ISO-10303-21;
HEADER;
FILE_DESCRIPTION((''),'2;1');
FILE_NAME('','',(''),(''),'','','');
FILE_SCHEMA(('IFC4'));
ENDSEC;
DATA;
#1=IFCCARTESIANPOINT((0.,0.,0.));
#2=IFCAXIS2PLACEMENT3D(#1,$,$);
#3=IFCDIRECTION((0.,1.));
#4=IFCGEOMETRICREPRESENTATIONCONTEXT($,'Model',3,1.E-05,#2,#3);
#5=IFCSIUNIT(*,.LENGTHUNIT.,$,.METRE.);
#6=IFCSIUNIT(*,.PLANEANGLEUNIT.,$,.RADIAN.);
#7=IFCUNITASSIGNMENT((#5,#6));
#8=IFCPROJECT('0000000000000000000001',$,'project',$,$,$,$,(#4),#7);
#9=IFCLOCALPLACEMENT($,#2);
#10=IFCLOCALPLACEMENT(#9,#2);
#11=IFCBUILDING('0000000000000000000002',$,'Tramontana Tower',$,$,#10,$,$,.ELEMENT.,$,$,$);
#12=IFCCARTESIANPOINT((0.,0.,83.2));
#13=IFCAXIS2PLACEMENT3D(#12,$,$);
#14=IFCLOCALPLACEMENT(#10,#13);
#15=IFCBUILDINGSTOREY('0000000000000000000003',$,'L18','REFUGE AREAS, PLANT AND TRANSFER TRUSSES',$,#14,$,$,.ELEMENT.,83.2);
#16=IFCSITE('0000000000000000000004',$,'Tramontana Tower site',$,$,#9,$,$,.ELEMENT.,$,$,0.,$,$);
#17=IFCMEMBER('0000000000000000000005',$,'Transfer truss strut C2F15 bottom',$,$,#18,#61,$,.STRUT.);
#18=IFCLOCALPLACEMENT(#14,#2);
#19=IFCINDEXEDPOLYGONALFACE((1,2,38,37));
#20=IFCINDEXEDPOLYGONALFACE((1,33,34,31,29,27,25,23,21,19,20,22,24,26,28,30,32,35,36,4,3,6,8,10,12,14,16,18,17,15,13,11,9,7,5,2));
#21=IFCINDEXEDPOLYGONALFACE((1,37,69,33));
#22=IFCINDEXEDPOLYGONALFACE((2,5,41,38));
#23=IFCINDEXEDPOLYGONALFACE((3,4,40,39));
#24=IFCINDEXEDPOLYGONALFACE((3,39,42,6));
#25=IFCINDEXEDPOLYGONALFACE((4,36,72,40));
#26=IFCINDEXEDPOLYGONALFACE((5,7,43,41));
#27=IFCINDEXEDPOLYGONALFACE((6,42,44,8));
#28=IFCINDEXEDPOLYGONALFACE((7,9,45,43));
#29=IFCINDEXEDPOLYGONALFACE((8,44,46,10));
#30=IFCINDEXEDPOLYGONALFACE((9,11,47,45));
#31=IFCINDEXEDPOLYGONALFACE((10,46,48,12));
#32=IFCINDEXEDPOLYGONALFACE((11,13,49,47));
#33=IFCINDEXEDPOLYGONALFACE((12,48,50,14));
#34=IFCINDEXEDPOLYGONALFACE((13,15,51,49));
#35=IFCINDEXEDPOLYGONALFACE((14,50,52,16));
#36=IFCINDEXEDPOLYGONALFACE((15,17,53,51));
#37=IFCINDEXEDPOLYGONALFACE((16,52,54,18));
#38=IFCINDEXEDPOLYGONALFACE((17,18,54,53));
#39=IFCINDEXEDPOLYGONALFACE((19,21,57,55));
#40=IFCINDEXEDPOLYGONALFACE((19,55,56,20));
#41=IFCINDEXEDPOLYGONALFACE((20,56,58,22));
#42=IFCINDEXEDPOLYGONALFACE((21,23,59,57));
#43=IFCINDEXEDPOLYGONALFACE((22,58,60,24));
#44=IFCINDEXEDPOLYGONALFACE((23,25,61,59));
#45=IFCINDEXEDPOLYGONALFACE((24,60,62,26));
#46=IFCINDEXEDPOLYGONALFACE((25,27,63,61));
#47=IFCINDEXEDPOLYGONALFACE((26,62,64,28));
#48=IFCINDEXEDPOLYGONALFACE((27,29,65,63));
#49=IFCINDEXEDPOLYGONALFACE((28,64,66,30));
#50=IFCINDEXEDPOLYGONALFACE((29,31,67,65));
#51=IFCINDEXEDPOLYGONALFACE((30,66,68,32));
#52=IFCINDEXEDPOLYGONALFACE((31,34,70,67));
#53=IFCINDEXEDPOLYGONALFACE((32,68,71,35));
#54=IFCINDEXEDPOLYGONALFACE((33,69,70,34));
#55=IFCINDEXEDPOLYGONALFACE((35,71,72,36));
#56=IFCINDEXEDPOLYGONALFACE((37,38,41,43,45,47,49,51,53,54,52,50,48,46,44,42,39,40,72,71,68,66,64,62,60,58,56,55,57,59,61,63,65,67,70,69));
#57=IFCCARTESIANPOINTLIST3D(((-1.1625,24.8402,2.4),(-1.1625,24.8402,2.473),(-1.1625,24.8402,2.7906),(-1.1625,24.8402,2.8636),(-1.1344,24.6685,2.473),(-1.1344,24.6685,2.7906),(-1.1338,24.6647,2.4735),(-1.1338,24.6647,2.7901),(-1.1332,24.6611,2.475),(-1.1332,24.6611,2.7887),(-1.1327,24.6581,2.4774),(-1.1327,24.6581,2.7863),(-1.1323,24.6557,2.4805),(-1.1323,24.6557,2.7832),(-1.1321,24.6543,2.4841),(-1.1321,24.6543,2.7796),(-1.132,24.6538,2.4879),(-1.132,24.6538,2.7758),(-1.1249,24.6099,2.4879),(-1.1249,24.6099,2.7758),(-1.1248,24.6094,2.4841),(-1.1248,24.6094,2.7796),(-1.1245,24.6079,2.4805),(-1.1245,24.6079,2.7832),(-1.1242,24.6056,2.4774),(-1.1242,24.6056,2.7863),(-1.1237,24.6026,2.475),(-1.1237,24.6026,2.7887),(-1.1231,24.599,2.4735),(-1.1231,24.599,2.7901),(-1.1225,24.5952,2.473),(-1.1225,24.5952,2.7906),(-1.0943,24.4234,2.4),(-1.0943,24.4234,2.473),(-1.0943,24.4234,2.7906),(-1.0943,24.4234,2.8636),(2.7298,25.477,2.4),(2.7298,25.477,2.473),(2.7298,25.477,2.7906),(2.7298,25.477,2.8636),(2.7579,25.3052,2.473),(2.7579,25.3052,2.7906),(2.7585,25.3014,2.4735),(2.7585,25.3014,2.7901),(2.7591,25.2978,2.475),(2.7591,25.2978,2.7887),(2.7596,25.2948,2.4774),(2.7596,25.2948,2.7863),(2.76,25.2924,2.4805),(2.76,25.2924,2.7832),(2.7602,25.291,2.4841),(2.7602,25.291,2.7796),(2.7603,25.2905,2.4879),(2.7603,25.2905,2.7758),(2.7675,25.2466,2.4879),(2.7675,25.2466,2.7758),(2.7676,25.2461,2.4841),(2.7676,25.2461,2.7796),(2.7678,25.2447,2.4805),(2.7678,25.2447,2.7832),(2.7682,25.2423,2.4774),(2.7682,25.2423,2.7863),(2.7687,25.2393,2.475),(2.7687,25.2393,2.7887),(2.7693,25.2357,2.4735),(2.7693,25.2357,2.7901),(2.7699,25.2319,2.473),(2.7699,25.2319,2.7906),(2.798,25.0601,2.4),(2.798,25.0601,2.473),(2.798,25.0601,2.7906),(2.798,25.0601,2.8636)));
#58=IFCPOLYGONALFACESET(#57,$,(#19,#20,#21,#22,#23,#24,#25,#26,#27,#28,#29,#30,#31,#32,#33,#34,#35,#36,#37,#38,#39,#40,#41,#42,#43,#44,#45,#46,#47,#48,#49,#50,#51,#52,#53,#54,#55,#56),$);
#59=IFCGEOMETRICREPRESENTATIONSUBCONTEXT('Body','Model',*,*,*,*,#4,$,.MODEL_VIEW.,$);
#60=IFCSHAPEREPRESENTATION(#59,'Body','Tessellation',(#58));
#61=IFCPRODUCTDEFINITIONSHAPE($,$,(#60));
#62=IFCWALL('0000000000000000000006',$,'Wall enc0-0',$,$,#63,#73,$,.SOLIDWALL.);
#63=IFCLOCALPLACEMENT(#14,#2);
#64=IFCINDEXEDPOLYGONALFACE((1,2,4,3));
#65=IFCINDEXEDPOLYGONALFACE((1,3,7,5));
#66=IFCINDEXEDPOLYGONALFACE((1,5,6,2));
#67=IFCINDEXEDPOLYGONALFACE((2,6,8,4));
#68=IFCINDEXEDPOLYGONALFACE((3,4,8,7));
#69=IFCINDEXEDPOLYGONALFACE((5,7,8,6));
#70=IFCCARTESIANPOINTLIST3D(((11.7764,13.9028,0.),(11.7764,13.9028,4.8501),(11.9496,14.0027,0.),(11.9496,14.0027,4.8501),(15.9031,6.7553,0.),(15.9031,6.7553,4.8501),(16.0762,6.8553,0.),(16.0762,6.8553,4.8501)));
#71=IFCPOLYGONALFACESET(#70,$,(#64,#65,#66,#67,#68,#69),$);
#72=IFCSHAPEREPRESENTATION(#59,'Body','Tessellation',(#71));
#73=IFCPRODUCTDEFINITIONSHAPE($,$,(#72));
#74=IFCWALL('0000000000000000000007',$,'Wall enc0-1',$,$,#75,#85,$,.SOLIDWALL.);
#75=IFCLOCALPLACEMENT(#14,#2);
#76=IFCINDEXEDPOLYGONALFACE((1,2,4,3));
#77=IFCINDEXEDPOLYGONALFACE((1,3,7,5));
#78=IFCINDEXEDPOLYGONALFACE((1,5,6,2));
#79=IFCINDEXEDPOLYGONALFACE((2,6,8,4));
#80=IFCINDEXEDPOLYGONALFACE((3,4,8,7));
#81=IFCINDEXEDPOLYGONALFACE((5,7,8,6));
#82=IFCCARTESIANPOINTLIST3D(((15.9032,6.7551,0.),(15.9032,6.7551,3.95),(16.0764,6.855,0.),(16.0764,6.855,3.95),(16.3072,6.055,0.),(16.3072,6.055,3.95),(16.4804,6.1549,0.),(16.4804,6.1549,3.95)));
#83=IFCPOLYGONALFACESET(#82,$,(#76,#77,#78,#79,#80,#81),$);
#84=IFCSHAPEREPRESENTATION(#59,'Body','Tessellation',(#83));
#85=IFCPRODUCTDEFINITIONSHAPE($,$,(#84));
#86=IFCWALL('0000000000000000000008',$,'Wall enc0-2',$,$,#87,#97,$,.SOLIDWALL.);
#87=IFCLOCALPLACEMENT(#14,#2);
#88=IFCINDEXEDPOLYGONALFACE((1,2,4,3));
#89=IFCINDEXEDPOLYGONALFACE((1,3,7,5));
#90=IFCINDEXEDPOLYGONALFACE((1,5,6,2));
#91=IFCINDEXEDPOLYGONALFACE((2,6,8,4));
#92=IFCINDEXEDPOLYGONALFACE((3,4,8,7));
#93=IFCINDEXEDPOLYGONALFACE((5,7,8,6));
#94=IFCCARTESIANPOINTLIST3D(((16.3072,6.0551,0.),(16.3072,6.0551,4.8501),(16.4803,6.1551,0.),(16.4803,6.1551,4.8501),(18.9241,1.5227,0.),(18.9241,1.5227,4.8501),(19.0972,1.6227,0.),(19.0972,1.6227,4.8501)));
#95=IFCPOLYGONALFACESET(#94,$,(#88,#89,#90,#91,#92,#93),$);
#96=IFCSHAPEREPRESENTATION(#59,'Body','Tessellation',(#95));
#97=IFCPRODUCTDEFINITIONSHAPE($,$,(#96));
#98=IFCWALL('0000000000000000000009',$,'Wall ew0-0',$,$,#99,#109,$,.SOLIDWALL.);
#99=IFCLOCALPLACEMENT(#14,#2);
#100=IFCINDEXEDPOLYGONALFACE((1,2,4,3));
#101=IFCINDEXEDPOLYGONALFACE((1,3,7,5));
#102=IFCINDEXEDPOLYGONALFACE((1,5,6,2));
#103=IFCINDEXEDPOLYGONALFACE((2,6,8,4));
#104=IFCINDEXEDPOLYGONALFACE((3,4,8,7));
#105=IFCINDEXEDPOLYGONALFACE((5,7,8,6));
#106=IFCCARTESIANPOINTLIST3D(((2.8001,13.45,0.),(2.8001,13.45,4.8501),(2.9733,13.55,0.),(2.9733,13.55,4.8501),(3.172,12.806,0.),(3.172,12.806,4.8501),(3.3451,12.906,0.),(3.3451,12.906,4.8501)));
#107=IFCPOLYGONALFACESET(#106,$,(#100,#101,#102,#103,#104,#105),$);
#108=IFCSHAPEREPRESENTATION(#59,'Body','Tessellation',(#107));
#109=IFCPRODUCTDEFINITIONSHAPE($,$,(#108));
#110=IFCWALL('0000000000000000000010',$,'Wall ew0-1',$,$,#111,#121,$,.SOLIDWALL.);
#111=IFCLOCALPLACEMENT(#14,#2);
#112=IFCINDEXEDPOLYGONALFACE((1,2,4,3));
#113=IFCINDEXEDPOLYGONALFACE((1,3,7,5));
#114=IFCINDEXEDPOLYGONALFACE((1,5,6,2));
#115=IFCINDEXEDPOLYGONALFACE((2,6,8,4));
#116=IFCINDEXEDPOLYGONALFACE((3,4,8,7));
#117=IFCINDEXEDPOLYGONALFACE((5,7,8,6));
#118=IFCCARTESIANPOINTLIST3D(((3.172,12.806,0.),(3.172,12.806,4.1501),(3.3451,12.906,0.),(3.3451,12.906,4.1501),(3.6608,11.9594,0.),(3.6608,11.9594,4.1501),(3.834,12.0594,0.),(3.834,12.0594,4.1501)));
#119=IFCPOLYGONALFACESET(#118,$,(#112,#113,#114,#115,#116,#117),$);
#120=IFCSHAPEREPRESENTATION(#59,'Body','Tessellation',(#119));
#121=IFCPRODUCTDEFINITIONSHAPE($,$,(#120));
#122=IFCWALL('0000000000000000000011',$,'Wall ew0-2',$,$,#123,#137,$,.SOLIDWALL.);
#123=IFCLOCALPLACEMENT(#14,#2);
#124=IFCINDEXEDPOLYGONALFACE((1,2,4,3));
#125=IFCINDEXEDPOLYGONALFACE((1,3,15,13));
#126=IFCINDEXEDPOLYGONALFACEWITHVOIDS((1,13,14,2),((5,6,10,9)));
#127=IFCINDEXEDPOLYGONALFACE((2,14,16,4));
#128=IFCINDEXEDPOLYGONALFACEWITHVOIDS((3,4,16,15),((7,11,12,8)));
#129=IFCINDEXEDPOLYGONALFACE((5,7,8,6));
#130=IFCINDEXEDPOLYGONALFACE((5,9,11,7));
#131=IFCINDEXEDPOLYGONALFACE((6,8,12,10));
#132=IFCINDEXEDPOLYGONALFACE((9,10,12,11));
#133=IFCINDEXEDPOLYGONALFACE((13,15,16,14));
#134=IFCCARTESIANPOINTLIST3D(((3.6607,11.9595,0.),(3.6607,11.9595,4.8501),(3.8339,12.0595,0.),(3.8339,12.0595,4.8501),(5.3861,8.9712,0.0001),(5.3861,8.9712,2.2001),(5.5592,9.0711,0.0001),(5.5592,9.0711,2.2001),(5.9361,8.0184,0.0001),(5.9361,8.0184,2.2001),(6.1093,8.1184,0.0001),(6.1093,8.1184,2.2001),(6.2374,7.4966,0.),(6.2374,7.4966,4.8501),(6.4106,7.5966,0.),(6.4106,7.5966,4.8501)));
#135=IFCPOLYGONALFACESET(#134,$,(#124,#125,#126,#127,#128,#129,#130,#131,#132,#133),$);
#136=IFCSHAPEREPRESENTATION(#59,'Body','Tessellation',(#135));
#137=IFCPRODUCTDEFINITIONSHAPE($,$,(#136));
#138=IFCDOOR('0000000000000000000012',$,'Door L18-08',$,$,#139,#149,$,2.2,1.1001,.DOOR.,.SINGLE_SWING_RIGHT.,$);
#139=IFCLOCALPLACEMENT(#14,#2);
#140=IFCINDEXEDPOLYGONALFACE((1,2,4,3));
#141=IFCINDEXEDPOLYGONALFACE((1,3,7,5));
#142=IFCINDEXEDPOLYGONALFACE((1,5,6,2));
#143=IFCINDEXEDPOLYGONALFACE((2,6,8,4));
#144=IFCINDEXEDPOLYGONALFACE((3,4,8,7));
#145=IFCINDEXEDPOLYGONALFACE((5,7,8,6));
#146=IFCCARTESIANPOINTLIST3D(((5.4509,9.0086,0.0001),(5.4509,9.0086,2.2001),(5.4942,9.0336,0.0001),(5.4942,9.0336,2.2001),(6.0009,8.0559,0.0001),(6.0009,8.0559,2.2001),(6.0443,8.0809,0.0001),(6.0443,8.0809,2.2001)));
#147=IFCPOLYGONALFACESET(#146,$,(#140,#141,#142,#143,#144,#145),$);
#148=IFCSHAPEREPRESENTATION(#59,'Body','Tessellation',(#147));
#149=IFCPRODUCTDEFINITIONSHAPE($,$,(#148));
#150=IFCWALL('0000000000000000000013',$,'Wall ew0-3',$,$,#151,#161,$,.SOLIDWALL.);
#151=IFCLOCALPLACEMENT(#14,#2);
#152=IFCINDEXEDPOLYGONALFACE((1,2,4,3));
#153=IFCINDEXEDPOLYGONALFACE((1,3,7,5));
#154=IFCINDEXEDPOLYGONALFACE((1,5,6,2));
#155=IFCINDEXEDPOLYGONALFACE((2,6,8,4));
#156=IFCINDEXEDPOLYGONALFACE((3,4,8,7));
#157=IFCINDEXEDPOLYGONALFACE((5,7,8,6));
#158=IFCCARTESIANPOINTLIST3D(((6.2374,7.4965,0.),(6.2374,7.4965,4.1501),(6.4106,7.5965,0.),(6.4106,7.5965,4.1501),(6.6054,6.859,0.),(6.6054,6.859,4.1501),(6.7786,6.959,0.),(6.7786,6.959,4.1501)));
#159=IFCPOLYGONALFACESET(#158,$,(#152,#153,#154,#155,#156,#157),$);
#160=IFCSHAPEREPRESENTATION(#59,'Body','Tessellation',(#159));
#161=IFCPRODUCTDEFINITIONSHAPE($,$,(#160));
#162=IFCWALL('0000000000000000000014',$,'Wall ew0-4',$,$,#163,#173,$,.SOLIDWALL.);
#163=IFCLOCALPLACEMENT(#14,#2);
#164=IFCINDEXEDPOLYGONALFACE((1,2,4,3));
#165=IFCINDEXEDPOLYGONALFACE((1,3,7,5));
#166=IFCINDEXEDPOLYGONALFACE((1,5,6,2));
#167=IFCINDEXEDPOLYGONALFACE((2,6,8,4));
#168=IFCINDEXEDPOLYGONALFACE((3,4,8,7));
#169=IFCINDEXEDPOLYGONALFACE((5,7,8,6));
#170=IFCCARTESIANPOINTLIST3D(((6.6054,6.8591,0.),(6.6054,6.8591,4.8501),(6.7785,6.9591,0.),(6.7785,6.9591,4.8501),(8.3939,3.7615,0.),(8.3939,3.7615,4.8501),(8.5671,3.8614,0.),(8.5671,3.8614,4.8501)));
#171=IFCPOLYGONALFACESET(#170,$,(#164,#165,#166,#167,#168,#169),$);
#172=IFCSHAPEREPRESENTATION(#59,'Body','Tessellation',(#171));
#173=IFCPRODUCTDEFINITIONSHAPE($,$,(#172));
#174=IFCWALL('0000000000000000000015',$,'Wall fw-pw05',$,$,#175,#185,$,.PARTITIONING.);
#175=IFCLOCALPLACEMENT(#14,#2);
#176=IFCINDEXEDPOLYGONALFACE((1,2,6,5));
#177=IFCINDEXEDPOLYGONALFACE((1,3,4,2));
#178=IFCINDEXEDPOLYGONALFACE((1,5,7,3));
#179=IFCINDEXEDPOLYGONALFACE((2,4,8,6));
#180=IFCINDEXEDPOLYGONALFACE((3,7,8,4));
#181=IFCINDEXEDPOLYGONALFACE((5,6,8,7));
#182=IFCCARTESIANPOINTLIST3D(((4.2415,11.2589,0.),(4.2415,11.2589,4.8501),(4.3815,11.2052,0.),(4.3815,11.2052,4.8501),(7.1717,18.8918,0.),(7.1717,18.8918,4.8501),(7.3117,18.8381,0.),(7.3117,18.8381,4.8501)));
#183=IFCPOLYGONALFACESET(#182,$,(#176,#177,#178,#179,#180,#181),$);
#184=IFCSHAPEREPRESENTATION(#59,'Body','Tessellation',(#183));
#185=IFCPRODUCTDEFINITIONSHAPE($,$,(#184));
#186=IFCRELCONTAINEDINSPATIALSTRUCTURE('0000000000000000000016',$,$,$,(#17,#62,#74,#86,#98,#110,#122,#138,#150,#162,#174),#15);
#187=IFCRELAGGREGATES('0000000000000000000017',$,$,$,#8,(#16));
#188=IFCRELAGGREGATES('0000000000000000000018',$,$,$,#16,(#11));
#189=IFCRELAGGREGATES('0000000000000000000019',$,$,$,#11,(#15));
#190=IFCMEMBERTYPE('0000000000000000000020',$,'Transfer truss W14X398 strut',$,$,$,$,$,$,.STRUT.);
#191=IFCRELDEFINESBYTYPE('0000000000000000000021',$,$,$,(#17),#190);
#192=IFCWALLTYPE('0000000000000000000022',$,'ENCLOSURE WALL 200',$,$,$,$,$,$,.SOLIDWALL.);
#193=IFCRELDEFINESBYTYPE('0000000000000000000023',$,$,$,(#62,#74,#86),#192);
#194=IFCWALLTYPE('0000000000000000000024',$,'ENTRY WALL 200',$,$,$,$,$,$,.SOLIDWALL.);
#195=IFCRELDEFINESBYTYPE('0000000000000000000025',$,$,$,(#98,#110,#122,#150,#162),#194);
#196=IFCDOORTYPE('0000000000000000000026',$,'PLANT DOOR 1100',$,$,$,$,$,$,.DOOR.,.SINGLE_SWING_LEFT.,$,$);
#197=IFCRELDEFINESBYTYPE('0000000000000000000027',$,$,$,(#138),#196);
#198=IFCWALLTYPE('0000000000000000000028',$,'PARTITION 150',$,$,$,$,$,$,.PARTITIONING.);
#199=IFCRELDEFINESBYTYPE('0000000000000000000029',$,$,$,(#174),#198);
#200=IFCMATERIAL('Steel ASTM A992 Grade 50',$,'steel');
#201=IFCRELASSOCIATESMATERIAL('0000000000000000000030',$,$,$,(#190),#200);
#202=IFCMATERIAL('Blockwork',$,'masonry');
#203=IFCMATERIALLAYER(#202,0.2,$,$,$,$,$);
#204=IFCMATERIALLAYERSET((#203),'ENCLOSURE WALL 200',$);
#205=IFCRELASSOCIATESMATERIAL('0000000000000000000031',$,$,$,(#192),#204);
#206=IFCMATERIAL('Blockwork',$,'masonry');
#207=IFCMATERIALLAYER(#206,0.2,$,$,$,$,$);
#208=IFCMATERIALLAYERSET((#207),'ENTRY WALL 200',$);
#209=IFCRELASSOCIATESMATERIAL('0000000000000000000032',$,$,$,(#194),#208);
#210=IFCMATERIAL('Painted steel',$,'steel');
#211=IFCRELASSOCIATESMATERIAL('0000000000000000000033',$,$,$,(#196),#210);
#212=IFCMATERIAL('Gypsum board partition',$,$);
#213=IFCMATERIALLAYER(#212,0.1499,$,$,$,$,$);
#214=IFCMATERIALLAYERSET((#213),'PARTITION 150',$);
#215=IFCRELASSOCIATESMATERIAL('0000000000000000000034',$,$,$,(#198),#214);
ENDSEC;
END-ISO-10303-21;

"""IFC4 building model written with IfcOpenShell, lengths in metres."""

from ifc_helpers import new_model, si_unit, direction, frame, frame_2d, origin, origin_2d, place, context, subcontext, project, spatial, rectangle, i_section, extrude, material, layer, layer_set, material_profile, profile_set, type_object, element, fill, save


model = new_model("IFC4")

# Units and contexts
model_context = context("Model", 3, precision=1e-05, world=origin(), true_north=direction((0.0, 1.0)))
body_context = subcontext(model_context, "Body", "Model", "MODEL_VIEW")
ifc_project = project(units=[si_unit("LENGTHUNIT", "METRE"), si_unit("PLANEANGLEUNIT", "RADIAN")], contexts=[model_context])

# Site, building, storey
site_placement = place(None, origin())
site = spatial("IfcSite", under=ifc_project, at=site_placement, Name="Tramontana Tower site", CompositionType="ELEMENT", RefElevation=0.0)
building_placement = place(site_placement, origin())
building = spatial("IfcBuilding", under=site, at=building_placement, Name="Tramontana Tower", CompositionType="ELEMENT")
storey_placement = place(building_placement, frame((0.0, 0.0, 83.2)))
storey = spatial("IfcBuildingStorey", under=building, at=storey_placement, Name="L18", Description="REFUGE AREAS, PLANT AND TRANSFER TRUSSES", CompositionType="ELEMENT", Elevation=83.2)

# Member
ifc_material_1 = material(Name="Steel ASTM A992 Grade 50", Category="steel")
ifc_material_profile_1 = material_profile(ifc_material_1, i_section(OverallWidth=0.4224, OverallDepth=0.4636, WebThickness=0.0444, FlangeThickness=0.073, FilletRadius=0.0149, at=origin_2d()), Name="W14X398")
ifc_profile_set_1 = profile_set([ifc_material_profile_1], Name="Steel ASTM A992 Grade 50")
member_type_1 = type_object("IfcMemberType", Name="Transfer truss W14X398 strut", PredefinedType="STRUT", material=ifc_profile_set_1)
member_1_placement = place(storey_placement, frame((2.7639, 25.2686, 2.6318), z_axis=(-0.986883, -0.161437, 0.0), x_axis=(0.161437, -0.986883, 0.0)))
element("IfcMember", 1, at=member_1_placement, inside=storey, type_object=member_type_1, Name="Transfer truss strut C2F15 bottom", PredefinedType="STRUT", context=body_context, shape_type="SweptSolid", body=[
    extrude(i_section(OverallWidth=0.4224, OverallDepth=0.4636, WebThickness=0.0444, FlangeThickness=0.073, FilletRadius=0.0149, at=origin_2d()), origin(), (0.0, 0.0, 1.0), 3.9441),
])

# Walls
ifc_material_2 = material(Name="Blockwork", Category="masonry")
ifc_layer_1 = layer(ifc_material_2, 0.2)
ifc_layer_set_1 = layer_set([ifc_layer_1], Name="ENCLOSURE WALL 200")
wall_type_1 = type_object("IfcWallType", Name="ENCLOSURE WALL 200", PredefinedType="SOLIDWALL", material=ifc_layer_set_1)
wall_1_placement = place(storey_placement, frame((11.863, 13.9526, 0.0), z_axis=(0.0, 0.0, 1.0), x_axis=(0.500011, -0.866019, 0.0)))
element("IfcWall", 2, at=wall_1_placement, inside=storey, type_object=wall_type_1, Name="Wall enc0-0", PredefinedType="SOLIDWALL", context=body_context, shape_type="SweptSolid", body=[
    extrude(rectangle(XDim=8.2532, YDim=0.2, at=frame_2d((4.1265, 0.0))), origin(), (0.0, 0.0, 1.0), 4.8501),
])
wall_2_placement = place(storey_placement, frame((15.9897, 6.8052, 0.0), z_axis=(0.0, 0.0, 1.0), x_axis=(0.49981, -0.866135, 0.0)))
element("IfcWall", 3, at=wall_2_placement, inside=storey, type_object=wall_type_1, Name="Wall enc0-1", PredefinedType="SOLIDWALL", context=body_context, shape_type="SweptSolid", body=[
    extrude(rectangle(XDim=0.8083, YDim=0.2, at=frame_2d((0.4043, 0.0))), origin(), (0.0, 0.0, 1.0), 3.95),
])
wall_3_placement = place(storey_placement, frame((16.3938, 6.105, 0.0), z_axis=(0.0, 0.0, 1.0), x_axis=(0.500017, -0.866015, 0.0)))
element("IfcWall", 4, at=wall_3_placement, inside=storey, type_object=wall_type_1, Name="Wall enc0-2", PredefinedType="SOLIDWALL", context=body_context, shape_type="SweptSolid", body=[
    extrude(rectangle(XDim=5.2336, YDim=0.2, at=frame_2d((2.6167, 0.0))), origin(), (0.0, 0.0, 1.0), 4.8501),
])
ifc_material_3 = material(Name="Blockwork", Category="masonry")
ifc_layer_2 = layer(ifc_material_3, 0.2)
ifc_layer_set_2 = layer_set([ifc_layer_2], Name="ENTRY WALL 200")
wall_type_2 = type_object("IfcWallType", Name="ENTRY WALL 200", PredefinedType="SOLIDWALL", material=ifc_layer_set_2)
wall_4_placement = place(storey_placement, frame((2.8867, 13.5, 0.0), z_axis=(0.0, 0.0, 1.0), x_axis=(0.499988, -0.866033, 0.0)))
element("IfcWall", 5, at=wall_4_placement, inside=storey, type_object=wall_type_2, Name="Wall ew0-0", PredefinedType="SOLIDWALL", context=body_context, shape_type="SweptSolid", body=[
    extrude(rectangle(XDim=0.7437, YDim=0.2, at=frame_2d((0.3718, 0.0))), origin(), (0.0, 0.0, 1.0), 4.8501),
])
wall_5_placement = place(storey_placement, frame((3.2585, 12.856, 0.0), z_axis=(0.0, 0.0, 1.0), x_axis=(0.500061, -0.86599, 0.0)))
element("IfcWall", 6, at=wall_5_placement, inside=storey, type_object=wall_type_2, Name="Wall ew0-1", PredefinedType="SOLIDWALL", context=body_context, shape_type="SweptSolid", body=[
    extrude(rectangle(XDim=0.9775, YDim=0.2, at=frame_2d((0.4888, 0.0))), origin(), (0.0, 0.0, 1.0), 4.1501),
])

# Wall, opening, door
wall_6_placement = place(storey_placement, frame((3.7473, 12.0095, 0.0), z_axis=(0.0, 0.0, 1.0), x_axis=(0.500001, -0.866025, 0.0)))
wall_6 = element("IfcWall", 7, at=wall_6_placement, inside=storey, type_object=wall_type_2, Name="Wall ew0-2", PredefinedType="SOLIDWALL", context=body_context, shape_type="SweptSolid", body=[
    extrude(rectangle(XDim=5.1533, YDim=0.2, at=frame_2d((2.5767, 0.0))), origin(), (0.0, 0.0, 1.0), 4.8501),
])
opening_placement = place(wall_6_placement, frame((3.4507, 0.0, 0.0)))
opening = element("IfcOpeningElement", 8, at=opening_placement, cuts=wall_6, PredefinedType="OPENING", context=body_context, shape_type="SweptSolid", body=[
    extrude(rectangle(XDim=1.1001, YDim=2.2, at=frame_2d((0.55, 1.1001))), frame((0.0, 0.1099, 0.0), z_axis=(0.0, -1.0, 0.0), x_axis=(1.0, 0.0, 0.0)), (0.0, 0.0, 1.0), 0.22),
])
ifc_material_4 = material(Name="Painted steel", Category="steel")
door_type = type_object("IfcDoorType", Name="PLANT DOOR 1100", OperationType="SINGLE_SWING_LEFT", PredefinedType="DOOR", material=ifc_material_4)
door_placement = place(opening_placement, origin())
door = element("IfcDoor", 9, at=door_placement, inside=storey, type_object=door_type, Name="Door L18-08", OperationType="SINGLE_SWING_RIGHT", OverallHeight=2.2, OverallWidth=1.1001, PredefinedType="DOOR", context=body_context, shape_type="SweptSolid", body=[
    extrude(rectangle(XDim=1.1001, YDim=2.2, at=frame_2d((0.55, 1.1001))), frame((0.0, 0.0249, 0.0), z_axis=(0.0, -1.0, 0.0), x_axis=(1.0, 0.0, 0.0)), (0.0, 0.0, 1.0), 0.05),
])
fill(opening, door)

# Walls
wall_7_placement = place(storey_placement, frame((6.324, 7.5466, 0.0), z_axis=(0.0, 0.0, 1.0), x_axis=(0.499885, -0.866092, 0.0)))
element("IfcWall", 10, at=wall_7_placement, inside=storey, type_object=wall_type_2, Name="Wall ew0-3", PredefinedType="SOLIDWALL", context=body_context, shape_type="SweptSolid", body=[
    extrude(rectangle(XDim=0.7361, YDim=0.2, at=frame_2d((0.3682, 0.0))), origin(), (0.0, 0.0, 1.0), 4.1501),
])
wall_8_placement = place(storey_placement, frame((6.6919, 6.9092, 0.0), z_axis=(0.0, 0.0, 1.0), x_axis=(0.50003, -0.866008, 0.0)))
element("IfcWall", 11, at=wall_8_placement, inside=storey, type_object=wall_type_2, Name="Wall ew0-4", PredefinedType="SOLIDWALL", context=body_context, shape_type="SweptSolid", body=[
    extrude(rectangle(XDim=3.5769, YDim=0.2, at=frame_2d((1.7886, 0.0))), origin(), (0.0, 0.0, 1.0), 4.8501),
])
ifc_material_5 = material(Name="Gypsum board partition")
ifc_layer_3 = layer(ifc_material_5, 0.1499)
ifc_layer_set_3 = layer_set([ifc_layer_3], Name="PARTITION 150")
wall_type_3 = type_object("IfcWallType", Name="PARTITION 150", PredefinedType="PARTITIONING", material=ifc_layer_set_3)
wall_9_placement = place(storey_placement, frame((4.3115, 11.2322, 0.0), z_axis=(0.0, 0.0, 1.0), x_axis=(0.358391, 0.933572, 0.0)))
element("IfcWall", 12, at=wall_9_placement, inside=storey, type_object=wall_type_3, Name="Wall fw-pw05", PredefinedType="PARTITIONING", context=body_context, shape_type="SweptSolid", body=[
    extrude(rectangle(XDim=8.176, YDim=0.1499, at=frame_2d((4.0879, 0.0))), origin(), (0.0, 0.0, 1.0), 4.8501),
])

save(model, "model.ifc")
